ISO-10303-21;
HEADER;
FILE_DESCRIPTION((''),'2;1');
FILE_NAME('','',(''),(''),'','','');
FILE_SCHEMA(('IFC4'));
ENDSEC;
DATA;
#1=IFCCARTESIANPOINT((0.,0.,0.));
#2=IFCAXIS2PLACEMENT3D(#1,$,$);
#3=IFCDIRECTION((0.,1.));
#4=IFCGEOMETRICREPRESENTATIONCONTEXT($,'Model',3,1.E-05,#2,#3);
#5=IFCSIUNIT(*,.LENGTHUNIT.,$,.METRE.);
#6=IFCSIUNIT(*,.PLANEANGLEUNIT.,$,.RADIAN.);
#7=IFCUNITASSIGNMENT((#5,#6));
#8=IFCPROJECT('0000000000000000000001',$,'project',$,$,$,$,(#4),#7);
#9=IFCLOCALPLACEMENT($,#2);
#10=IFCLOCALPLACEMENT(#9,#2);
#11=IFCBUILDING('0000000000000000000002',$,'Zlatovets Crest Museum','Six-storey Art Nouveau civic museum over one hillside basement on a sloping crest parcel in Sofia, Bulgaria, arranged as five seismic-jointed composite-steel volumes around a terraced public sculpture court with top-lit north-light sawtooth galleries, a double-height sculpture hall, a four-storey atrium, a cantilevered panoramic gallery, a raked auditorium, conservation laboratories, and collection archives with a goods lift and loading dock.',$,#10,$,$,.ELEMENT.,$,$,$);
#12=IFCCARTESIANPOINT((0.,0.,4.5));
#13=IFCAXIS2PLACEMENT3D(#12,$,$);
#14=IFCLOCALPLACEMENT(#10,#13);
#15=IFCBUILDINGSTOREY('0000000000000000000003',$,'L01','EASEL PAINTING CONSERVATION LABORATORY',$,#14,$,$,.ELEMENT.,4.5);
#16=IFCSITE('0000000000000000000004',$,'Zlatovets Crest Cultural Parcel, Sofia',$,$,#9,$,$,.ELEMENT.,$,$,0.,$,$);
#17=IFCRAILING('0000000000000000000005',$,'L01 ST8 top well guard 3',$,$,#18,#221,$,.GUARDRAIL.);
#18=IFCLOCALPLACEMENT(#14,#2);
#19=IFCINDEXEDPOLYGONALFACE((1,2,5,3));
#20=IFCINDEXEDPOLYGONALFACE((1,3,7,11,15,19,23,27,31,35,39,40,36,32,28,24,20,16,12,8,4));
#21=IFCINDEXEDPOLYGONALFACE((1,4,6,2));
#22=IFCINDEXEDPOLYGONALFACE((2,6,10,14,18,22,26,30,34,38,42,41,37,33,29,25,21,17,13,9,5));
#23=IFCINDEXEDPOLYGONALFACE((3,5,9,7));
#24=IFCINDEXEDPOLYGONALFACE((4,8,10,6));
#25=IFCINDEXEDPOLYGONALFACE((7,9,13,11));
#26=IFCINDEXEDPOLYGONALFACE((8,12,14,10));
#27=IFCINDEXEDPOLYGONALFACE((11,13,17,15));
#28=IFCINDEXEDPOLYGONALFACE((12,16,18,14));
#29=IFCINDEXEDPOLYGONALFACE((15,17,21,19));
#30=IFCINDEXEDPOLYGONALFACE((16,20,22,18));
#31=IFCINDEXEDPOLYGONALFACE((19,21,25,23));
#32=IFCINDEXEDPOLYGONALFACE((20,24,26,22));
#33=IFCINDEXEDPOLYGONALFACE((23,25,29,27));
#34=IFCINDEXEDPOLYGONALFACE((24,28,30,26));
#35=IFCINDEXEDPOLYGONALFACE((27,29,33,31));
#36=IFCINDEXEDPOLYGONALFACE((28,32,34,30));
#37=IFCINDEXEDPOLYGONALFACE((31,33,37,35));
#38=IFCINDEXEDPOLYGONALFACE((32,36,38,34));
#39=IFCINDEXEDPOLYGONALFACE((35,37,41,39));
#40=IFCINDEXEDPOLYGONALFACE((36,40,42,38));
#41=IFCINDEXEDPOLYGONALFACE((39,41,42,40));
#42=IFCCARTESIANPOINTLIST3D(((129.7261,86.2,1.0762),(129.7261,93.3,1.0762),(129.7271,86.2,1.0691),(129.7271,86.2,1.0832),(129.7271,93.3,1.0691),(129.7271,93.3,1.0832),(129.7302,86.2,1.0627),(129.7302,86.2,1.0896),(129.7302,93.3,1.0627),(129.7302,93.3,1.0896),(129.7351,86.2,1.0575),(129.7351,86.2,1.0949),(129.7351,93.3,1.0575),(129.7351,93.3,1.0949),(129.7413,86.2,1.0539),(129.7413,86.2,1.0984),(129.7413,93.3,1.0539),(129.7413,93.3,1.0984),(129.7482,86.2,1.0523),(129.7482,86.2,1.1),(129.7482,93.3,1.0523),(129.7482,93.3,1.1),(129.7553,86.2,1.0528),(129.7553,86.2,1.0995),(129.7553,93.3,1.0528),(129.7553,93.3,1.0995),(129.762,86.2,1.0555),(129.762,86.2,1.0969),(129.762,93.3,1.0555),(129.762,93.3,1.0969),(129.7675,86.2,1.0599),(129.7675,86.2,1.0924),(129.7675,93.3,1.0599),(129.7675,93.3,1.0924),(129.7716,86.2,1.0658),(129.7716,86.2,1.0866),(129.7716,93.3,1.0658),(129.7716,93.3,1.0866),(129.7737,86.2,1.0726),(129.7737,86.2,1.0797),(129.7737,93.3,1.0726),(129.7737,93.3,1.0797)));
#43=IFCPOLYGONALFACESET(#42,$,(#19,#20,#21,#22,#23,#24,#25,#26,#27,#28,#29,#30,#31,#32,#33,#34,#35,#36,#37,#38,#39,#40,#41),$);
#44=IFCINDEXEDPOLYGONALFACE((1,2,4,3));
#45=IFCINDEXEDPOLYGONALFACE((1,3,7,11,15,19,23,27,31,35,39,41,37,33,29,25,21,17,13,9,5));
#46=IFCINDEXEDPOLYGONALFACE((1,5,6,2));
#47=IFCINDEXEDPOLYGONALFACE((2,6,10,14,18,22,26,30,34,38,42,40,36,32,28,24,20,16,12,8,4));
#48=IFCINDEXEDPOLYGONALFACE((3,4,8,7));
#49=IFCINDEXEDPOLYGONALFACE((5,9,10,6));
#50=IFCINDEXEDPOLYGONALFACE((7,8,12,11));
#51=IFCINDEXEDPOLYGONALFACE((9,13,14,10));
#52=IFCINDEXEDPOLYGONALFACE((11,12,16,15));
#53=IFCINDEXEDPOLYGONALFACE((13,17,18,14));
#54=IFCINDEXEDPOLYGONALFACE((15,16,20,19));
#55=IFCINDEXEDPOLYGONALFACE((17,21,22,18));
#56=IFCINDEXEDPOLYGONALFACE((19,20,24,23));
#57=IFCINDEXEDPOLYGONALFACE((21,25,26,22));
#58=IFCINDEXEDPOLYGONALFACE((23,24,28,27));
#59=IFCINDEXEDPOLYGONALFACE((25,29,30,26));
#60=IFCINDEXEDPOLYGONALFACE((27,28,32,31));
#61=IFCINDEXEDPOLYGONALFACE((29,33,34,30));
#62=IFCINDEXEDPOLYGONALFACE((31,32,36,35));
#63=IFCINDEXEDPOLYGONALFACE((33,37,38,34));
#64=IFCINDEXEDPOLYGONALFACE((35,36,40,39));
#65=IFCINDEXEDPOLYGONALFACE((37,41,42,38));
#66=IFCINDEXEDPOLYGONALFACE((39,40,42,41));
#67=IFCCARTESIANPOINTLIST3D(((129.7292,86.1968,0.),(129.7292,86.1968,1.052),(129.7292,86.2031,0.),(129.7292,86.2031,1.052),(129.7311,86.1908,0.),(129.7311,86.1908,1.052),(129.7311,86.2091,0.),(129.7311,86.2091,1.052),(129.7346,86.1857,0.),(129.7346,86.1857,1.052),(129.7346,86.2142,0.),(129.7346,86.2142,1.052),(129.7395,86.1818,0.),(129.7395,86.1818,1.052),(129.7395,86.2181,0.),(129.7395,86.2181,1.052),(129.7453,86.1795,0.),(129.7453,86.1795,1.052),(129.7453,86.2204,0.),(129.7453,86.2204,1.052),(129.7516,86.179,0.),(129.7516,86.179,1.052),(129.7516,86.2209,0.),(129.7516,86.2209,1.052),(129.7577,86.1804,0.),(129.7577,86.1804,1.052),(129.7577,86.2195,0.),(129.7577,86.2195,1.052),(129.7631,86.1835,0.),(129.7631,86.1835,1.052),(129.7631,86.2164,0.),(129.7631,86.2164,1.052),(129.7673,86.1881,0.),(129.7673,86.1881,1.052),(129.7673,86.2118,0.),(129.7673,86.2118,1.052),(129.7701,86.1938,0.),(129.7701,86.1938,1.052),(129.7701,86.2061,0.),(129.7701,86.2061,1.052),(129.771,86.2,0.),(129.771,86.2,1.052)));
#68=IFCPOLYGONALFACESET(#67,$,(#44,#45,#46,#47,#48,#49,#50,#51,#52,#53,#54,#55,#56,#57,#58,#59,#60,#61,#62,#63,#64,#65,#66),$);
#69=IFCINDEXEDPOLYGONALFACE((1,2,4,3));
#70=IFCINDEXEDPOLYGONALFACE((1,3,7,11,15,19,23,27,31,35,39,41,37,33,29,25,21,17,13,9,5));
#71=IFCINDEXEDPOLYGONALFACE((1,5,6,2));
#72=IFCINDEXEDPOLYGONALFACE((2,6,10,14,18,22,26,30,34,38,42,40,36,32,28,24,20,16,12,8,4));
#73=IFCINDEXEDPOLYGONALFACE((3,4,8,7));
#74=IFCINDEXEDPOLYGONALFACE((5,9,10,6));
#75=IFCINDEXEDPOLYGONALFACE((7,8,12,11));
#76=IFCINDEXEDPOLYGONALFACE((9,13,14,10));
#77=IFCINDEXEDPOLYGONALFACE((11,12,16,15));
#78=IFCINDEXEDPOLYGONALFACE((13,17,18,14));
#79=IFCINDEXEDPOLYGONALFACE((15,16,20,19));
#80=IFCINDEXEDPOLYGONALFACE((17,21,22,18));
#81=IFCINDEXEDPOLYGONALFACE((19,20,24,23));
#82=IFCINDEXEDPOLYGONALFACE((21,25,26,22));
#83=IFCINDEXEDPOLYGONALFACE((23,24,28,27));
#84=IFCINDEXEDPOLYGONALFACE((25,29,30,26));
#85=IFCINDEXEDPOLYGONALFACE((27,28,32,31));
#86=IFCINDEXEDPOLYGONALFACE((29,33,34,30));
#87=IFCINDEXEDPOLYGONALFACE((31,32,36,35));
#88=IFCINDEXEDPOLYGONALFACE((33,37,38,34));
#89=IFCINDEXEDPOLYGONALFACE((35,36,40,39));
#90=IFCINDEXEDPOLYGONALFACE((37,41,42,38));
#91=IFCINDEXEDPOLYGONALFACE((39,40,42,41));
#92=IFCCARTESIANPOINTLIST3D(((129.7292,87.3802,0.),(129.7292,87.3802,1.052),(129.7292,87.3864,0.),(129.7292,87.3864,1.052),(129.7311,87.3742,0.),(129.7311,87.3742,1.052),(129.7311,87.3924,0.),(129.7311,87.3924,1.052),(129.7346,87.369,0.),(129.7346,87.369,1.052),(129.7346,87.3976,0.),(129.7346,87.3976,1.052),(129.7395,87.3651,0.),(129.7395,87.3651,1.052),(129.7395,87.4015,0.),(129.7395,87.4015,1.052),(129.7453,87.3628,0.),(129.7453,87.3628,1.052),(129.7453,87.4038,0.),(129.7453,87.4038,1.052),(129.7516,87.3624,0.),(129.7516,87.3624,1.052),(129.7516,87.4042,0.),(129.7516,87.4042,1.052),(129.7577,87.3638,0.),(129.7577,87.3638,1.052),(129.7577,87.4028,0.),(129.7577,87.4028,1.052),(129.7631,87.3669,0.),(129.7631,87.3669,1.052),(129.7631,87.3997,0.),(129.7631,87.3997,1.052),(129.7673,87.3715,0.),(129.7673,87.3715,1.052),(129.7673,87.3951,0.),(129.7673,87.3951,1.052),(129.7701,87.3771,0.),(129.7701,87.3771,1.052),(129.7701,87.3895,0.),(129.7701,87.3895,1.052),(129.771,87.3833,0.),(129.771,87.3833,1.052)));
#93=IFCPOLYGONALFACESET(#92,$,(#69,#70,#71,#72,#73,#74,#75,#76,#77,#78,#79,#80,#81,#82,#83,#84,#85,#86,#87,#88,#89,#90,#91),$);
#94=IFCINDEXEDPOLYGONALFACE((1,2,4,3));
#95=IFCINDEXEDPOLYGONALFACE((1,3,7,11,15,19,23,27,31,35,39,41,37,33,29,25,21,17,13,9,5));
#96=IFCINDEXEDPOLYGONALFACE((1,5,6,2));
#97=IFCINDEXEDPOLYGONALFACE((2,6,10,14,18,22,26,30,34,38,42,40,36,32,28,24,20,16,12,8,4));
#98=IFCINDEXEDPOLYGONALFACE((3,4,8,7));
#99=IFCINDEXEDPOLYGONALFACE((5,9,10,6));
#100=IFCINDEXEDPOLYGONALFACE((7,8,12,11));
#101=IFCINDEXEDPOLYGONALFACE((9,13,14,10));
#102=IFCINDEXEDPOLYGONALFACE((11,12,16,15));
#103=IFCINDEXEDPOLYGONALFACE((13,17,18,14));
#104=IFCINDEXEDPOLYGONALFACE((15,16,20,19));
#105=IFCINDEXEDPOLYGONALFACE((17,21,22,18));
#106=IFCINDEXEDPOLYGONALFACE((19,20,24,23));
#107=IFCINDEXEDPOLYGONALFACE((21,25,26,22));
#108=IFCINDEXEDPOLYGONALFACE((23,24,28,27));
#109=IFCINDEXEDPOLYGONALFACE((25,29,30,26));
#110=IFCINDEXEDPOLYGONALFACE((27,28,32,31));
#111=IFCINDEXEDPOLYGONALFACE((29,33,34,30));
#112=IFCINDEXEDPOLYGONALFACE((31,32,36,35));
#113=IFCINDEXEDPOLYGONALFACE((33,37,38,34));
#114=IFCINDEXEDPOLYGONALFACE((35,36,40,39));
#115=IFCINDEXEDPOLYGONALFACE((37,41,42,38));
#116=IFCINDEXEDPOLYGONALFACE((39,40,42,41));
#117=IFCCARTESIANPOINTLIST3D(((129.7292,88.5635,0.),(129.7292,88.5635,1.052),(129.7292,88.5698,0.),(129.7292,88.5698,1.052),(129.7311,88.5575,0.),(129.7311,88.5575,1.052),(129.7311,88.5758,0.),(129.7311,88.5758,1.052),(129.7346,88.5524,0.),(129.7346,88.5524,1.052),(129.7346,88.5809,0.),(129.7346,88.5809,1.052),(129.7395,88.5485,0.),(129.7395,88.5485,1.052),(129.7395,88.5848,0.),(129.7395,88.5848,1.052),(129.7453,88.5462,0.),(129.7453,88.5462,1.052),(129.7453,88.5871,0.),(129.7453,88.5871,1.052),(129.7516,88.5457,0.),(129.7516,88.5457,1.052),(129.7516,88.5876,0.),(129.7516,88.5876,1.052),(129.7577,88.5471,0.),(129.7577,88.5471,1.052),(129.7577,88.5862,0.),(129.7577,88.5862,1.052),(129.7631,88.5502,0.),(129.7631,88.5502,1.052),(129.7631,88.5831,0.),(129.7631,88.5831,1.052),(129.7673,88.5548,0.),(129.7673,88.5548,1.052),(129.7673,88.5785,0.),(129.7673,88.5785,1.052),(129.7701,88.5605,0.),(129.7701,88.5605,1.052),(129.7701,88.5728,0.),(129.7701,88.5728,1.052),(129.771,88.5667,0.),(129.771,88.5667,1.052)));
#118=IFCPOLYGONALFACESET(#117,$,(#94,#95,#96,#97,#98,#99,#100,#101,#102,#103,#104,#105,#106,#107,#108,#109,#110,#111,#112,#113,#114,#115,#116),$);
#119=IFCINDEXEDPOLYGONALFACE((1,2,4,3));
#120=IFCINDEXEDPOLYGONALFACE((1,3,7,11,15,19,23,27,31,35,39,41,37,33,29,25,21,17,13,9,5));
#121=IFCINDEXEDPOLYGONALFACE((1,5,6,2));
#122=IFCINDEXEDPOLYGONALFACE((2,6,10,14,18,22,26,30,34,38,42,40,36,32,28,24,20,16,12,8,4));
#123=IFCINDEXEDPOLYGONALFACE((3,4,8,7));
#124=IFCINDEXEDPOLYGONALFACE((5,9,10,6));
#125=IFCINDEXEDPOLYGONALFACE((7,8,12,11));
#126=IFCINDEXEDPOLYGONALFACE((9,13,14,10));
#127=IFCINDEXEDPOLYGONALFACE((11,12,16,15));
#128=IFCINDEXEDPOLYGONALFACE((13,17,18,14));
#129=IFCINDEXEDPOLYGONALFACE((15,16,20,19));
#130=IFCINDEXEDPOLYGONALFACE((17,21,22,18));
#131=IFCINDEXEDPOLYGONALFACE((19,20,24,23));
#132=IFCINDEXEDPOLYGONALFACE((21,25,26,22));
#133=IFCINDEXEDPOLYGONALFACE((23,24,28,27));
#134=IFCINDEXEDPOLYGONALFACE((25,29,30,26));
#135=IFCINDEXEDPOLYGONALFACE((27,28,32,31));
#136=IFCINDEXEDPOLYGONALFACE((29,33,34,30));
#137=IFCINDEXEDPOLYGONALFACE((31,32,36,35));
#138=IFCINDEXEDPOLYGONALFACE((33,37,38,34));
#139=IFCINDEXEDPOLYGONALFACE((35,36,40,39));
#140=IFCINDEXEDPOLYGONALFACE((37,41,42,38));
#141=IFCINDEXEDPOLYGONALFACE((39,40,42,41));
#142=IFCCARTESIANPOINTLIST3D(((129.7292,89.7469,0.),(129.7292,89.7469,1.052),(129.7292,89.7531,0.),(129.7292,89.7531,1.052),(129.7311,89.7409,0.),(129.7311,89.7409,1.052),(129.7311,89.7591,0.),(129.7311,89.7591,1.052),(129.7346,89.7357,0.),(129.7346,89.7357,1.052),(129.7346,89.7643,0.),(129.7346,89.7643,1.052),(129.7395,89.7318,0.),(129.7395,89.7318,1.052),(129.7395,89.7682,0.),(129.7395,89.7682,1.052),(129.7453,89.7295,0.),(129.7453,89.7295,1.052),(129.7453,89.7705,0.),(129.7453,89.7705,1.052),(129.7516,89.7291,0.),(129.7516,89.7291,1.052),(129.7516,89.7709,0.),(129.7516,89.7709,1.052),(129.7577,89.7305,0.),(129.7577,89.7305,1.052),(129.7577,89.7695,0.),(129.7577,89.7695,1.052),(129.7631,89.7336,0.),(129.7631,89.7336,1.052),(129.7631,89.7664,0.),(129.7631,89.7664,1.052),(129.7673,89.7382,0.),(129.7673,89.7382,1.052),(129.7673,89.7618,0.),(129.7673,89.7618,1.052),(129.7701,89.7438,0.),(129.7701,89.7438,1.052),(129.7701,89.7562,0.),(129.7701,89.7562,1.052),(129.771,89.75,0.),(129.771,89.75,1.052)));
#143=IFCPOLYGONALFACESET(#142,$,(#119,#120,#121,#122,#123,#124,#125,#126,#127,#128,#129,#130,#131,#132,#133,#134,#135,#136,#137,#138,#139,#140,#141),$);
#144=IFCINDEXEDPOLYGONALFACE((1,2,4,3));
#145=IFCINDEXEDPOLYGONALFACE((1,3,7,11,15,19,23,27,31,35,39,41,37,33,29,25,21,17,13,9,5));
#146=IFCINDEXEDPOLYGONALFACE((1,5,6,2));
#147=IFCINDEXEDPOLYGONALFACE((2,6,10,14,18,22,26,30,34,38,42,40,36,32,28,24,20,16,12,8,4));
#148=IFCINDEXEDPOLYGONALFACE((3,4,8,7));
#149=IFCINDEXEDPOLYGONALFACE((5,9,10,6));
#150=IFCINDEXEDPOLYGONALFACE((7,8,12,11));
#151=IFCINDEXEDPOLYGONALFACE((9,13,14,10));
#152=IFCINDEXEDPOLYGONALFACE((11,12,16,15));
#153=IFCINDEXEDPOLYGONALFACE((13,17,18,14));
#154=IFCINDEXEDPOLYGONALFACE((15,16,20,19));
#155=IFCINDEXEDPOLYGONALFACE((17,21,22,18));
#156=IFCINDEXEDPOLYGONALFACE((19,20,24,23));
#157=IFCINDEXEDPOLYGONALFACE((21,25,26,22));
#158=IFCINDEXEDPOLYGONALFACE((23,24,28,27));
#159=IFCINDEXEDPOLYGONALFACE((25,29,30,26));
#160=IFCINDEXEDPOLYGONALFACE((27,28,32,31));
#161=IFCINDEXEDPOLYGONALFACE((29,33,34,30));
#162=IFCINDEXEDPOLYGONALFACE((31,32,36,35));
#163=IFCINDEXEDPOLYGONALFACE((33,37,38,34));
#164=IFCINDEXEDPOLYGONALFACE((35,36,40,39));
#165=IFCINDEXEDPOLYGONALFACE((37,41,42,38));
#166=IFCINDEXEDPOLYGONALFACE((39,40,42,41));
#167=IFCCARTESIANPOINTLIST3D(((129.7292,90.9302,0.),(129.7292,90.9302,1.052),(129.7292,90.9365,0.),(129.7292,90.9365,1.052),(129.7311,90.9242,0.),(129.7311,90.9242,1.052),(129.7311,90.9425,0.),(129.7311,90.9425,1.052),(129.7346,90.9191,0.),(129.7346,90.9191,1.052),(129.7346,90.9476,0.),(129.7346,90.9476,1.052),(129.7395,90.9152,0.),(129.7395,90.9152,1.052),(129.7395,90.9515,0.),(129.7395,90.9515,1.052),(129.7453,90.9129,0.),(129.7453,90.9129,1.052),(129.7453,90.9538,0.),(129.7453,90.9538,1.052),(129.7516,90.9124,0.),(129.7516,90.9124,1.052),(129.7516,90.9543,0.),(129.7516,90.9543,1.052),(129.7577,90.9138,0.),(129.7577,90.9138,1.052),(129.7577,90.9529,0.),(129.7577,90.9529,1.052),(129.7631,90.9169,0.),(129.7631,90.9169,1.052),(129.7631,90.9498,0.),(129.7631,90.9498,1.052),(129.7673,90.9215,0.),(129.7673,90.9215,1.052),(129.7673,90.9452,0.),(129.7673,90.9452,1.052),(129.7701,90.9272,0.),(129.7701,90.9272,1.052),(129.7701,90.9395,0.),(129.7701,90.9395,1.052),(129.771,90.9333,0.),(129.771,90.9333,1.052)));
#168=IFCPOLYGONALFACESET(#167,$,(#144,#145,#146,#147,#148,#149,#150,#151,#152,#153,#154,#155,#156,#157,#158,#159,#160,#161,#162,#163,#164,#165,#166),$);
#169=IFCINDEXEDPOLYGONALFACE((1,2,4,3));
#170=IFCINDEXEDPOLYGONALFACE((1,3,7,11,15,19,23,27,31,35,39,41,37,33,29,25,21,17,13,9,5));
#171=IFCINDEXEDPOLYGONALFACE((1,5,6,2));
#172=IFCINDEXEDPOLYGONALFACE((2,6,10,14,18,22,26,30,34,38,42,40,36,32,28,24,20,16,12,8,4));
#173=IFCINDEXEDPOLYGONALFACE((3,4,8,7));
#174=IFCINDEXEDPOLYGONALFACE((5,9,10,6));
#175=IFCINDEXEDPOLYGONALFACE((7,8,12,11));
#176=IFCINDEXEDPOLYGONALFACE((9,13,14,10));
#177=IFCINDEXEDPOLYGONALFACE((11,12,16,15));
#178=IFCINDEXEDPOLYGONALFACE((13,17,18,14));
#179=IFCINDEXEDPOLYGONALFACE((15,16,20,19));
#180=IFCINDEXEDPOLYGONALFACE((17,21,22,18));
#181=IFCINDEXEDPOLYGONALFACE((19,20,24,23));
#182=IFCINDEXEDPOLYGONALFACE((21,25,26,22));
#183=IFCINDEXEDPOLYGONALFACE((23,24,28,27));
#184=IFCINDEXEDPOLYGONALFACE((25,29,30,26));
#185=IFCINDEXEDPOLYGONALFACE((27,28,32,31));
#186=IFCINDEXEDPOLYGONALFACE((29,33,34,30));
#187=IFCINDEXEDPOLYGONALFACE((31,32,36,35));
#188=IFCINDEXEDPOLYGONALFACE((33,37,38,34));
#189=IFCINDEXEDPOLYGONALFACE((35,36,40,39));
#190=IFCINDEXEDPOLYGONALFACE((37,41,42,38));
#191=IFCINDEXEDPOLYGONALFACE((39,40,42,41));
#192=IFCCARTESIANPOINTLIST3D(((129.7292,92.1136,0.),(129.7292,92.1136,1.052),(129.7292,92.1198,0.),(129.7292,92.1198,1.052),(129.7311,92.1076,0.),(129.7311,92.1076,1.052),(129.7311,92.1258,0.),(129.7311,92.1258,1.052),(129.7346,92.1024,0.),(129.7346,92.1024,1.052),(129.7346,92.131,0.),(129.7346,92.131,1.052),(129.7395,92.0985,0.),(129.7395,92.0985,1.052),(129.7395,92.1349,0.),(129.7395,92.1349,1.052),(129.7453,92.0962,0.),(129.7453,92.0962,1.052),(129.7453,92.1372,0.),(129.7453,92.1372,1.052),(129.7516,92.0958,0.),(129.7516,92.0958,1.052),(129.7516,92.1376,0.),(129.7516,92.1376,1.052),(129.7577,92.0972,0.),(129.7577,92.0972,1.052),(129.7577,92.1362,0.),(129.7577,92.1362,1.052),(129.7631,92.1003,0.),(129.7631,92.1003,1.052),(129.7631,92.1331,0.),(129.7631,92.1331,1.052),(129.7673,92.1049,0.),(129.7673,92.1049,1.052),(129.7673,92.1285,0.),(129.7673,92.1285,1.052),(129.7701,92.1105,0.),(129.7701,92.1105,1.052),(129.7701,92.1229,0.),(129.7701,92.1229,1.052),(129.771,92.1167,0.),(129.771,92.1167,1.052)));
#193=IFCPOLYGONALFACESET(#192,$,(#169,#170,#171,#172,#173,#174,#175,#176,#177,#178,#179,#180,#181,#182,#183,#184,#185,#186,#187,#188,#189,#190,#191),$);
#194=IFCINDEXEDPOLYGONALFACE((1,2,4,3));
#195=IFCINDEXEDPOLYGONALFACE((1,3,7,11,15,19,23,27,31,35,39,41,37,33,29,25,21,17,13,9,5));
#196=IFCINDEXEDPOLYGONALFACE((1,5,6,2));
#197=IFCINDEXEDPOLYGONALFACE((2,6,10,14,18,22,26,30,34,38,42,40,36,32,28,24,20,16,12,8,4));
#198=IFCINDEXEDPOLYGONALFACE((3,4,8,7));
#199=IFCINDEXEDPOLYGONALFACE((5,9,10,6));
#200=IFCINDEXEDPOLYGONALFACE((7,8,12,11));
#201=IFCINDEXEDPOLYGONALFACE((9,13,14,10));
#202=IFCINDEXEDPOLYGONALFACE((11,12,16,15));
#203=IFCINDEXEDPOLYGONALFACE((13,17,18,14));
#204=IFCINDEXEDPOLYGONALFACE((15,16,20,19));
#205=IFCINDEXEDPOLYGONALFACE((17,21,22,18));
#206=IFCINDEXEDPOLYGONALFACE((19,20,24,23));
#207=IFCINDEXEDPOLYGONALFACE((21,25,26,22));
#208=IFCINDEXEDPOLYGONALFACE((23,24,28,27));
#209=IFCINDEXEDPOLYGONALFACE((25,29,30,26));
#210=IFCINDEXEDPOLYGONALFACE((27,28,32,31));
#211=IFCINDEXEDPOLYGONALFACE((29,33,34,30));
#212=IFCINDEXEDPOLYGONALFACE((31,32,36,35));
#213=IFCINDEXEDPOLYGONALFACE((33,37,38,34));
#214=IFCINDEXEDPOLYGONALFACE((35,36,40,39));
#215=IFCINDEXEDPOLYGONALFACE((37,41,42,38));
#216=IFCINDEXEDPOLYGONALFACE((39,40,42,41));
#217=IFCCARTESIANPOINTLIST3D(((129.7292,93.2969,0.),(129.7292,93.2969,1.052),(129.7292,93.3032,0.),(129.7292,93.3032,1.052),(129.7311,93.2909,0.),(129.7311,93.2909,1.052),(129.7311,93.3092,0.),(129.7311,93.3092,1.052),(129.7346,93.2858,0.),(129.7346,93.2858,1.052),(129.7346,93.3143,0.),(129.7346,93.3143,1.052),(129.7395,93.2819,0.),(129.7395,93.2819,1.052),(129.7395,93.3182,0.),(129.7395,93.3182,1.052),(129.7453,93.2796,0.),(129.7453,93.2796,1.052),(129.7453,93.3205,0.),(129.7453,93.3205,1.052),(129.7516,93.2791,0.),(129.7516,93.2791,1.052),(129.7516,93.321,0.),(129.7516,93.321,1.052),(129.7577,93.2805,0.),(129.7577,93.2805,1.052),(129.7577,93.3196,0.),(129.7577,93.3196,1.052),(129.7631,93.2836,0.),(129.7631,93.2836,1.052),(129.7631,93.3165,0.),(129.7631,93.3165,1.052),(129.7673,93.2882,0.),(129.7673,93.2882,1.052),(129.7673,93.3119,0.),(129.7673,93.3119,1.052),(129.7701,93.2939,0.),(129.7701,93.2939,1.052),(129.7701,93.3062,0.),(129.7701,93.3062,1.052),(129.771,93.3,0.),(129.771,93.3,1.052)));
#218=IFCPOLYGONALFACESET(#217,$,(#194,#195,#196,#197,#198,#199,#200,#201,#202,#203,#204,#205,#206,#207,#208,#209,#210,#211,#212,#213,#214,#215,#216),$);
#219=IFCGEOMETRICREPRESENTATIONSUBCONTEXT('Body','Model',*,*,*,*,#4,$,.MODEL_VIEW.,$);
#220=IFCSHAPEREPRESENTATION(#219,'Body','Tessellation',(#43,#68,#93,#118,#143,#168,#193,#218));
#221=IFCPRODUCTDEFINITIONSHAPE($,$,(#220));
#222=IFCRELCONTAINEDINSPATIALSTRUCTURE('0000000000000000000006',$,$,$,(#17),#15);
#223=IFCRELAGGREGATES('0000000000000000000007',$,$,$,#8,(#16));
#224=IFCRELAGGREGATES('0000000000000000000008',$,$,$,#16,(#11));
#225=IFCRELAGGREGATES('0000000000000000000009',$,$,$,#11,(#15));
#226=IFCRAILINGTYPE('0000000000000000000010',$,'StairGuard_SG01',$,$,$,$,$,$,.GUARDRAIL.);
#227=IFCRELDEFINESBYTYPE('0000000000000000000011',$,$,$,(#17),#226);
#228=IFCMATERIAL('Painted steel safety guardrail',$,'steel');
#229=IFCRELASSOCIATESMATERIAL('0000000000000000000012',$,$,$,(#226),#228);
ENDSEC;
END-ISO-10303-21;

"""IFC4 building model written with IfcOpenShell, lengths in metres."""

from ifc_helpers import new_model, si_unit, direction, frame, origin, origin_2d, place, context, subcontext, project, spatial, circle, extrude, material, type_object, element, save


model = new_model("IFC4")

# Units and contexts
model_context = context("Model", 3, precision=1e-05, world=origin(), true_north=direction((0.0, 1.0)))
body_context = subcontext(model_context, "Body", "Model", "MODEL_VIEW")
ifc_project = project(units=[si_unit("LENGTHUNIT", "METRE"), si_unit("PLANEANGLEUNIT", "RADIAN")], contexts=[model_context])

# Site, building, storey
site_placement = place(None, origin())
site = spatial("IfcSite", under=ifc_project, at=site_placement, Name="Zlatovets Crest Cultural Parcel, Sofia", CompositionType="ELEMENT", RefElevation=0.0)
building_placement = place(site_placement, origin())
building = spatial("IfcBuilding", under=site, at=building_placement, Name="Zlatovets Crest Museum", Description="Six-storey Art Nouveau civic museum over one hillside basement on a sloping crest parcel in Sofia, Bulgaria, arranged as five seismic-jointed composite-steel volumes around a terraced public sculpture court with top-lit north-light sawtooth galleries, a double-height sculpture hall, a four-storey atrium, a cantilevered panoramic gallery, a raked auditorium, conservation laboratories, and collection archives with a goods lift and loading dock.", CompositionType="ELEMENT")
storey_placement = place(building_placement, frame((0.0, 0.0, 4.5)))
storey = spatial("IfcBuildingStorey", under=building, at=storey_placement, Name="L01", Description="EASEL PAINTING CONSERVATION LABORATORY", CompositionType="ELEMENT", Elevation=4.5)

# Railing
ifc_material_1 = material(Name="Painted steel safety guardrail", Category="steel")
railing_type = type_object("IfcRailingType", Name="StairGuard_SG01", PredefinedType="GUARDRAIL", material=ifc_material_1)
for number, where, name in (
    (1, (129.75, 86.2, 0.0), "L01 ST8 top well guard 3"),
):
    element("IfcRailing", number, at=place(storey_placement, frame(where)), inside=storey, type_object=railing_type, Name=name, PredefinedType="GUARDRAIL", context=body_context, shape_type="SweptSolid", body=[
        extrude(circle(Radius=0.0239, at=origin_2d()), frame((0.0, 0.0, 1.0762), z_axis=(0.0, 1.0, 0.0), x_axis=(-1.0, 0.0, 0.0)), (0.0, 0.0, 1.0), 7.1001),
        extrude(circle(Radius=0.021, at=origin_2d()), origin(), (0.0, 0.0, 1.0), 1.052),
        extrude(circle(Radius=0.021, at=origin_2d()), frame((0.0, 1.1833, 0.0)), (0.0, 0.0, 1.0), 1.052),
        extrude(circle(Radius=0.021, at=origin_2d()), frame((0.0, 2.3667, 0.0)), (0.0, 0.0, 1.0), 1.052),
        extrude(circle(Radius=0.021, at=origin_2d()), frame((0.0, 3.55, 0.0)), (0.0, 0.0, 1.0), 1.052),
        extrude(circle(Radius=0.021, at=origin_2d()), frame((0.0, 4.7334, 0.0)), (0.0, 0.0, 1.0), 1.052),
        extrude(circle(Radius=0.021, at=origin_2d()), frame((0.0, 5.9167, 0.0)), (0.0, 0.0, 1.0), 1.052),
        extrude(circle(Radius=0.021, at=origin_2d()), frame((0.0, 7.1001, 0.0)), (0.0, 0.0, 1.0), 1.052),
    ])

save(model, "model.ifc")
